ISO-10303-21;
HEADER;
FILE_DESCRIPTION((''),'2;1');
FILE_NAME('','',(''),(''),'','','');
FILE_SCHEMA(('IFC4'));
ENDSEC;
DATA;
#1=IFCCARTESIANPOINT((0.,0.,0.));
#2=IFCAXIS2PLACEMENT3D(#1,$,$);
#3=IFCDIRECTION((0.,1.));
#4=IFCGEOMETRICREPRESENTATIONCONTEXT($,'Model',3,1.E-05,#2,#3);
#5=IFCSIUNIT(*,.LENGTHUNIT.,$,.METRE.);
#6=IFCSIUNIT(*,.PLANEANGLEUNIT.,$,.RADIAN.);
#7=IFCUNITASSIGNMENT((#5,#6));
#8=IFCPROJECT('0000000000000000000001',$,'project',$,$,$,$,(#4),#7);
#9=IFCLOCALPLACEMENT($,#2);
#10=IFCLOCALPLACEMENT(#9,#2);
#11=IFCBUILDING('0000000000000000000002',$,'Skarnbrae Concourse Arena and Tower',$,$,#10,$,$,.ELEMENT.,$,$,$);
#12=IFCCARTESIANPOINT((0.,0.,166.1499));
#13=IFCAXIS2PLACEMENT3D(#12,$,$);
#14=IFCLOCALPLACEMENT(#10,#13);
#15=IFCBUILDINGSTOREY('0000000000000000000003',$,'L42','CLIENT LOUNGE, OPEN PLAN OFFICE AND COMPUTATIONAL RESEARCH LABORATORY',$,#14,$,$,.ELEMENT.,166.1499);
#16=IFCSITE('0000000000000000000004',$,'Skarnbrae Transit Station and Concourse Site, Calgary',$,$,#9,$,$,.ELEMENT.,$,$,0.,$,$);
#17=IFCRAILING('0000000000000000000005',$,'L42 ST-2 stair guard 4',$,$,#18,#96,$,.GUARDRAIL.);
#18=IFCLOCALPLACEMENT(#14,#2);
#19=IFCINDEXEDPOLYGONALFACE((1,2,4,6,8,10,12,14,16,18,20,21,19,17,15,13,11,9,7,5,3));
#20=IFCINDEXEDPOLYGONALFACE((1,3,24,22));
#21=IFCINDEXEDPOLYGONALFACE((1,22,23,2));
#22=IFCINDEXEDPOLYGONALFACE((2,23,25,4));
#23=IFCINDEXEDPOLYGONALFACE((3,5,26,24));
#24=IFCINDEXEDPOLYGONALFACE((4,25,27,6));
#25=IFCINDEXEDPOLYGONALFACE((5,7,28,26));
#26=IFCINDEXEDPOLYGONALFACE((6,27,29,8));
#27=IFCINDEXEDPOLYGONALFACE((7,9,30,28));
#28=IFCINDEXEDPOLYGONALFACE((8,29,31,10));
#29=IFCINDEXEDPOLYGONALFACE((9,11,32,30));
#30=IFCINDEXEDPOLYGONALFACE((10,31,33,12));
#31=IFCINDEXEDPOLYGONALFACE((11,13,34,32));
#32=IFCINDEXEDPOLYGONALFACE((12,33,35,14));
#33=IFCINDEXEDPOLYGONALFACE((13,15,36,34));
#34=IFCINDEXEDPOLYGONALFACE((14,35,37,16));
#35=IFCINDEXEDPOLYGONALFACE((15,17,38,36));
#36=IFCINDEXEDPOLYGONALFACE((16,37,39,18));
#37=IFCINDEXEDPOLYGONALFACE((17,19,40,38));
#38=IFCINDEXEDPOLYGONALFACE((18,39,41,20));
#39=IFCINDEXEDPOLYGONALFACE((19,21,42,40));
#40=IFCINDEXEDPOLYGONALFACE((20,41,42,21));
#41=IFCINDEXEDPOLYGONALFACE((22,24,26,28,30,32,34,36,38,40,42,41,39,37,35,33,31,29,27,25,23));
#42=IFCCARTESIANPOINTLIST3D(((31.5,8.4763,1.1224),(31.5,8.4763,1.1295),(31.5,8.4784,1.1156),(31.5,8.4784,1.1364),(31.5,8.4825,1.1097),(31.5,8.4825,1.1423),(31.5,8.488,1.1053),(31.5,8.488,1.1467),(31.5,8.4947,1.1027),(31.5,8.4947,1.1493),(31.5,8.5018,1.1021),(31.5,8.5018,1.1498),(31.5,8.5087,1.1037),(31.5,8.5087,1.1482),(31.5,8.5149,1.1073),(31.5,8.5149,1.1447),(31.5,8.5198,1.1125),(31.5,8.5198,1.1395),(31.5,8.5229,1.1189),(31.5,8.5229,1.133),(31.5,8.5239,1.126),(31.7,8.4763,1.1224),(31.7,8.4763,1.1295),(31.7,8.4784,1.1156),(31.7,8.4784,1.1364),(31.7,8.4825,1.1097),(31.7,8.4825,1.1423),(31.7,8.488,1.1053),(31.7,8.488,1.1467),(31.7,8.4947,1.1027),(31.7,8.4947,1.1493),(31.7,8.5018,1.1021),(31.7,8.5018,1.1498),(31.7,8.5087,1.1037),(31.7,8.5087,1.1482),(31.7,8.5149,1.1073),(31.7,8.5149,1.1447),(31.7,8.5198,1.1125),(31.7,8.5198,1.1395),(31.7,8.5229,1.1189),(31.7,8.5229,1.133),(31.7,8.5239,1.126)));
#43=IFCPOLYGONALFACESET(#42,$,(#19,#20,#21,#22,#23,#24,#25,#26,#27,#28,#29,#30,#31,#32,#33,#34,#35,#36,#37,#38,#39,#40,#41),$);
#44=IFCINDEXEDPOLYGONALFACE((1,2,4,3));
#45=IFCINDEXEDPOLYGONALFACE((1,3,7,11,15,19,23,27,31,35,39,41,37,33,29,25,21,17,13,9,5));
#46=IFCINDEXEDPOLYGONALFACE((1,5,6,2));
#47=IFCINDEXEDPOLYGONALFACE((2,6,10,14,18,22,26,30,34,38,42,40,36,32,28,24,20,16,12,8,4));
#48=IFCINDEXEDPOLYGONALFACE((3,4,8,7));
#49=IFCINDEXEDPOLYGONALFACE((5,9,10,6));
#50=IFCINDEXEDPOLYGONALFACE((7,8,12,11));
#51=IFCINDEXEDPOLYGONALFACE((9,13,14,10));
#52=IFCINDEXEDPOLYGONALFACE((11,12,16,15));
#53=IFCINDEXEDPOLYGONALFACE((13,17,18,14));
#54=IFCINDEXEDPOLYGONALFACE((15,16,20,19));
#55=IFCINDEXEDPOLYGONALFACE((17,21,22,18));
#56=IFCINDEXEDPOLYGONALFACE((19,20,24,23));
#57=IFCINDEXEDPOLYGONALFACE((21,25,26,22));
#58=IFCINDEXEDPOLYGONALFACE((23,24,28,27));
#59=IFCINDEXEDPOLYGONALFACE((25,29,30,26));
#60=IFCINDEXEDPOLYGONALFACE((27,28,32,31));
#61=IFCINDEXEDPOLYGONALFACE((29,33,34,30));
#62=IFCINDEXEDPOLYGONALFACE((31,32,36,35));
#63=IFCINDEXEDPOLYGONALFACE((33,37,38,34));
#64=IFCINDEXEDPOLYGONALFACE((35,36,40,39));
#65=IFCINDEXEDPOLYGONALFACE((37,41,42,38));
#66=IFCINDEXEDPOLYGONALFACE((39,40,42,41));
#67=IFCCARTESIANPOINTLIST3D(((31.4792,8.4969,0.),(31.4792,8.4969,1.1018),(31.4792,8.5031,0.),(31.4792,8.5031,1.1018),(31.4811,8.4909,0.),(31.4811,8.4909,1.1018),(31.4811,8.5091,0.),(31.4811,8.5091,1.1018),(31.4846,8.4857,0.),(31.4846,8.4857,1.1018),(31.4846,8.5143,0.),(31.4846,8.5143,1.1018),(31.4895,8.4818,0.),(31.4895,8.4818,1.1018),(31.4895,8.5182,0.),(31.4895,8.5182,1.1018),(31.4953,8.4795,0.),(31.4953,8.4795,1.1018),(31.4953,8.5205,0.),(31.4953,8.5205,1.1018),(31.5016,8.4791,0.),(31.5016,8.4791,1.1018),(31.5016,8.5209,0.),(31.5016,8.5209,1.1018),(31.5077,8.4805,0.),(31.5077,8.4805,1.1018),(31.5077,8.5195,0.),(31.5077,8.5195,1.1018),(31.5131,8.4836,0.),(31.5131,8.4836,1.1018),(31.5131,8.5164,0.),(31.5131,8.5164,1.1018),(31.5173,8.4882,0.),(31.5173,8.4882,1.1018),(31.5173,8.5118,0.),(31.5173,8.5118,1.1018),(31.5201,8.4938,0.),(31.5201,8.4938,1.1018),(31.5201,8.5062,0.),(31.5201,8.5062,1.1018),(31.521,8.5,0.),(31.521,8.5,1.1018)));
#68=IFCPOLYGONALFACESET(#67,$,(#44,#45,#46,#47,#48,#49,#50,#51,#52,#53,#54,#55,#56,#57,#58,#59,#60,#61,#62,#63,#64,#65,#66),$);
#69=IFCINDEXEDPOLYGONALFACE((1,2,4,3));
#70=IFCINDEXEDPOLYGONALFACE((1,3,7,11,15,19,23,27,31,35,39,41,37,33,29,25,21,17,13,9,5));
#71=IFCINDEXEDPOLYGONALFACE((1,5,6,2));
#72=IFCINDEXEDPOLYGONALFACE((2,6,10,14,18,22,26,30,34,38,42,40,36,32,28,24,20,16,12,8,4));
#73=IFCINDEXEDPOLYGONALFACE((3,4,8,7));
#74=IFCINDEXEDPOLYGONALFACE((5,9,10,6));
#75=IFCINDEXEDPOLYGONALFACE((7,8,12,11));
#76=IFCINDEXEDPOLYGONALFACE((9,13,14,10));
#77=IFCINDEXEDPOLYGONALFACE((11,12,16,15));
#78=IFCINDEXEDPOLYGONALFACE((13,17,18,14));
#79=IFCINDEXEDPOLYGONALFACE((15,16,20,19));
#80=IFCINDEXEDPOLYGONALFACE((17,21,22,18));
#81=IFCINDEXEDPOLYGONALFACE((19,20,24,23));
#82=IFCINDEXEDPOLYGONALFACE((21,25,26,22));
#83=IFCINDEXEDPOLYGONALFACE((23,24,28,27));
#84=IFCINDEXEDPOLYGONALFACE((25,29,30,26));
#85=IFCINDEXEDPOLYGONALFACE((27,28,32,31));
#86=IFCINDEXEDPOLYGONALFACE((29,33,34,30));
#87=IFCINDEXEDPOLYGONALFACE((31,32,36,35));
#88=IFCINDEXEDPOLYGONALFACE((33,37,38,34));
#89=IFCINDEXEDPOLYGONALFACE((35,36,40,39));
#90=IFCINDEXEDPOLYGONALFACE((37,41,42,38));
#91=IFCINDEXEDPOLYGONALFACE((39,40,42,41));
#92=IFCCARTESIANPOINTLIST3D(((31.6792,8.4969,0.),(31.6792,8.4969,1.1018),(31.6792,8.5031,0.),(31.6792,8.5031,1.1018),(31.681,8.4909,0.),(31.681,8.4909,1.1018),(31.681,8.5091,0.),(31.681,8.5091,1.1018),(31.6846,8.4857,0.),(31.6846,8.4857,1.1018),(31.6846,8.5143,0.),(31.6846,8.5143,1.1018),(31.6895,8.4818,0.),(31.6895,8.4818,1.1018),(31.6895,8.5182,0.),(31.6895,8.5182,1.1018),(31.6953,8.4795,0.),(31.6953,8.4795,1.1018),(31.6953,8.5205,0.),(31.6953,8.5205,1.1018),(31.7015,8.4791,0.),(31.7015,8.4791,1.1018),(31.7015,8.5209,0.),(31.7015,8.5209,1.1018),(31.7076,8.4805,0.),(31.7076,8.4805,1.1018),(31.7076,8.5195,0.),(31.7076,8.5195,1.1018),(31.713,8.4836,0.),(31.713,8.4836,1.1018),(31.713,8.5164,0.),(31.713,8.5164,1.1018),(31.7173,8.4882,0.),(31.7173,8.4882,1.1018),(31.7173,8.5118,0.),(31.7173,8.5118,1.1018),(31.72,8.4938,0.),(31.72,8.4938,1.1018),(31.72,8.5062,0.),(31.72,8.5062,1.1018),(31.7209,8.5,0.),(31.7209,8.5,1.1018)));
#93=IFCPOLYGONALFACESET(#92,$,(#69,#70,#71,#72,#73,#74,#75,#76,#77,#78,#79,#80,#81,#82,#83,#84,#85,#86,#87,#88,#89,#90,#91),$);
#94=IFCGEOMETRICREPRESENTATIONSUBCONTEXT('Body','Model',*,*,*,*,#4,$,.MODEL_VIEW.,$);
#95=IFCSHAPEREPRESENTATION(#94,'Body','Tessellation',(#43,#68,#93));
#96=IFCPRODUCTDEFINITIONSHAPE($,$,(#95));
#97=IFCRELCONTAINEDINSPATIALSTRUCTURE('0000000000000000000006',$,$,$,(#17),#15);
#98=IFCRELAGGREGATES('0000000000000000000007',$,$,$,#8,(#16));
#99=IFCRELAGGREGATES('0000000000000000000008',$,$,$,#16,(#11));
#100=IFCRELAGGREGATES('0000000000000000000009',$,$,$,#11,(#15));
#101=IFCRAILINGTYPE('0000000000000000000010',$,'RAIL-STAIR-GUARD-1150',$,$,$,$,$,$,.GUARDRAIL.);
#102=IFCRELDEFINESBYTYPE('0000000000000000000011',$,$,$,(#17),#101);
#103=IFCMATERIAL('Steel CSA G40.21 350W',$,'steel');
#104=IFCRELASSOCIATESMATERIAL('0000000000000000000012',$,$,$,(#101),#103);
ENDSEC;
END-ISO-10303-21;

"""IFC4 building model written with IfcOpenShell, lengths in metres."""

from ifc_helpers import new_model, si_unit, direction, frame, origin, origin_2d, place, context, subcontext, project, spatial, circle, extrude, material, type_object, element, save


model = new_model("IFC4")

# Units and contexts
model_context = context("Model", 3, precision=1e-05, world=origin(), true_north=direction((0.0, 1.0)))
body_context = subcontext(model_context, "Body", "Model", "MODEL_VIEW")
ifc_project = project(units=[si_unit("LENGTHUNIT", "METRE"), si_unit("PLANEANGLEUNIT", "RADIAN")], contexts=[model_context])

# Site, building, storey
site_placement = place(None, origin())
site = spatial("IfcSite", under=ifc_project, at=site_placement, Name="Skarnbrae Transit Station and Concourse Site, Calgary", CompositionType="ELEMENT", RefElevation=0.0)
building_placement = place(site_placement, origin())
building = spatial("IfcBuilding", under=site, at=building_placement, Name="Skarnbrae Concourse Arena and Tower", CompositionType="ELEMENT")
storey_placement = place(building_placement, frame((0.0, 0.0, 166.1499)))
storey = spatial("IfcBuildingStorey", under=building, at=storey_placement, Name="L42", Description="CLIENT LOUNGE, OPEN PLAN OFFICE AND COMPUTATIONAL RESEARCH LABORATORY", CompositionType="ELEMENT", Elevation=166.1499)

# Shared definitions
ifc_material_1 = material(Name="Steel CSA G40.21 350W", Category="steel")

# Railing
railing_type_1 = type_object("IfcRailingType", Name="RAIL-STAIR-GUARD-1150", PredefinedType="GUARDRAIL", material=ifc_material_1)
railing_1_placement = place(storey_placement, frame((31.5, 8.5, 0.0)))
element("IfcRailing", 1, at=railing_1_placement, inside=storey, type_object=railing_type_1, Name="L42 ST-2 stair guard 4", PredefinedType="GUARDRAIL", context=body_context, shape_type="SweptSolid", body=[
    extrude(circle(Radius=0.0239, at=origin_2d()), frame((0.0, 0.0, 1.126), z_axis=(1.0, 0.0, 0.0), x_axis=(0.0, 1.0, 0.0)), (0.0, 0.0, 1.0), 0.2),
    extrude(circle(Radius=0.021, at=origin_2d()), origin(), (0.0, 0.0, 1.0), 1.1018),
    extrude(circle(Radius=0.021, at=origin_2d()), frame((0.2, 0.0, 0.0)), (0.0, 0.0, 1.0), 1.1018),
])

save(model, "model.ifc")
